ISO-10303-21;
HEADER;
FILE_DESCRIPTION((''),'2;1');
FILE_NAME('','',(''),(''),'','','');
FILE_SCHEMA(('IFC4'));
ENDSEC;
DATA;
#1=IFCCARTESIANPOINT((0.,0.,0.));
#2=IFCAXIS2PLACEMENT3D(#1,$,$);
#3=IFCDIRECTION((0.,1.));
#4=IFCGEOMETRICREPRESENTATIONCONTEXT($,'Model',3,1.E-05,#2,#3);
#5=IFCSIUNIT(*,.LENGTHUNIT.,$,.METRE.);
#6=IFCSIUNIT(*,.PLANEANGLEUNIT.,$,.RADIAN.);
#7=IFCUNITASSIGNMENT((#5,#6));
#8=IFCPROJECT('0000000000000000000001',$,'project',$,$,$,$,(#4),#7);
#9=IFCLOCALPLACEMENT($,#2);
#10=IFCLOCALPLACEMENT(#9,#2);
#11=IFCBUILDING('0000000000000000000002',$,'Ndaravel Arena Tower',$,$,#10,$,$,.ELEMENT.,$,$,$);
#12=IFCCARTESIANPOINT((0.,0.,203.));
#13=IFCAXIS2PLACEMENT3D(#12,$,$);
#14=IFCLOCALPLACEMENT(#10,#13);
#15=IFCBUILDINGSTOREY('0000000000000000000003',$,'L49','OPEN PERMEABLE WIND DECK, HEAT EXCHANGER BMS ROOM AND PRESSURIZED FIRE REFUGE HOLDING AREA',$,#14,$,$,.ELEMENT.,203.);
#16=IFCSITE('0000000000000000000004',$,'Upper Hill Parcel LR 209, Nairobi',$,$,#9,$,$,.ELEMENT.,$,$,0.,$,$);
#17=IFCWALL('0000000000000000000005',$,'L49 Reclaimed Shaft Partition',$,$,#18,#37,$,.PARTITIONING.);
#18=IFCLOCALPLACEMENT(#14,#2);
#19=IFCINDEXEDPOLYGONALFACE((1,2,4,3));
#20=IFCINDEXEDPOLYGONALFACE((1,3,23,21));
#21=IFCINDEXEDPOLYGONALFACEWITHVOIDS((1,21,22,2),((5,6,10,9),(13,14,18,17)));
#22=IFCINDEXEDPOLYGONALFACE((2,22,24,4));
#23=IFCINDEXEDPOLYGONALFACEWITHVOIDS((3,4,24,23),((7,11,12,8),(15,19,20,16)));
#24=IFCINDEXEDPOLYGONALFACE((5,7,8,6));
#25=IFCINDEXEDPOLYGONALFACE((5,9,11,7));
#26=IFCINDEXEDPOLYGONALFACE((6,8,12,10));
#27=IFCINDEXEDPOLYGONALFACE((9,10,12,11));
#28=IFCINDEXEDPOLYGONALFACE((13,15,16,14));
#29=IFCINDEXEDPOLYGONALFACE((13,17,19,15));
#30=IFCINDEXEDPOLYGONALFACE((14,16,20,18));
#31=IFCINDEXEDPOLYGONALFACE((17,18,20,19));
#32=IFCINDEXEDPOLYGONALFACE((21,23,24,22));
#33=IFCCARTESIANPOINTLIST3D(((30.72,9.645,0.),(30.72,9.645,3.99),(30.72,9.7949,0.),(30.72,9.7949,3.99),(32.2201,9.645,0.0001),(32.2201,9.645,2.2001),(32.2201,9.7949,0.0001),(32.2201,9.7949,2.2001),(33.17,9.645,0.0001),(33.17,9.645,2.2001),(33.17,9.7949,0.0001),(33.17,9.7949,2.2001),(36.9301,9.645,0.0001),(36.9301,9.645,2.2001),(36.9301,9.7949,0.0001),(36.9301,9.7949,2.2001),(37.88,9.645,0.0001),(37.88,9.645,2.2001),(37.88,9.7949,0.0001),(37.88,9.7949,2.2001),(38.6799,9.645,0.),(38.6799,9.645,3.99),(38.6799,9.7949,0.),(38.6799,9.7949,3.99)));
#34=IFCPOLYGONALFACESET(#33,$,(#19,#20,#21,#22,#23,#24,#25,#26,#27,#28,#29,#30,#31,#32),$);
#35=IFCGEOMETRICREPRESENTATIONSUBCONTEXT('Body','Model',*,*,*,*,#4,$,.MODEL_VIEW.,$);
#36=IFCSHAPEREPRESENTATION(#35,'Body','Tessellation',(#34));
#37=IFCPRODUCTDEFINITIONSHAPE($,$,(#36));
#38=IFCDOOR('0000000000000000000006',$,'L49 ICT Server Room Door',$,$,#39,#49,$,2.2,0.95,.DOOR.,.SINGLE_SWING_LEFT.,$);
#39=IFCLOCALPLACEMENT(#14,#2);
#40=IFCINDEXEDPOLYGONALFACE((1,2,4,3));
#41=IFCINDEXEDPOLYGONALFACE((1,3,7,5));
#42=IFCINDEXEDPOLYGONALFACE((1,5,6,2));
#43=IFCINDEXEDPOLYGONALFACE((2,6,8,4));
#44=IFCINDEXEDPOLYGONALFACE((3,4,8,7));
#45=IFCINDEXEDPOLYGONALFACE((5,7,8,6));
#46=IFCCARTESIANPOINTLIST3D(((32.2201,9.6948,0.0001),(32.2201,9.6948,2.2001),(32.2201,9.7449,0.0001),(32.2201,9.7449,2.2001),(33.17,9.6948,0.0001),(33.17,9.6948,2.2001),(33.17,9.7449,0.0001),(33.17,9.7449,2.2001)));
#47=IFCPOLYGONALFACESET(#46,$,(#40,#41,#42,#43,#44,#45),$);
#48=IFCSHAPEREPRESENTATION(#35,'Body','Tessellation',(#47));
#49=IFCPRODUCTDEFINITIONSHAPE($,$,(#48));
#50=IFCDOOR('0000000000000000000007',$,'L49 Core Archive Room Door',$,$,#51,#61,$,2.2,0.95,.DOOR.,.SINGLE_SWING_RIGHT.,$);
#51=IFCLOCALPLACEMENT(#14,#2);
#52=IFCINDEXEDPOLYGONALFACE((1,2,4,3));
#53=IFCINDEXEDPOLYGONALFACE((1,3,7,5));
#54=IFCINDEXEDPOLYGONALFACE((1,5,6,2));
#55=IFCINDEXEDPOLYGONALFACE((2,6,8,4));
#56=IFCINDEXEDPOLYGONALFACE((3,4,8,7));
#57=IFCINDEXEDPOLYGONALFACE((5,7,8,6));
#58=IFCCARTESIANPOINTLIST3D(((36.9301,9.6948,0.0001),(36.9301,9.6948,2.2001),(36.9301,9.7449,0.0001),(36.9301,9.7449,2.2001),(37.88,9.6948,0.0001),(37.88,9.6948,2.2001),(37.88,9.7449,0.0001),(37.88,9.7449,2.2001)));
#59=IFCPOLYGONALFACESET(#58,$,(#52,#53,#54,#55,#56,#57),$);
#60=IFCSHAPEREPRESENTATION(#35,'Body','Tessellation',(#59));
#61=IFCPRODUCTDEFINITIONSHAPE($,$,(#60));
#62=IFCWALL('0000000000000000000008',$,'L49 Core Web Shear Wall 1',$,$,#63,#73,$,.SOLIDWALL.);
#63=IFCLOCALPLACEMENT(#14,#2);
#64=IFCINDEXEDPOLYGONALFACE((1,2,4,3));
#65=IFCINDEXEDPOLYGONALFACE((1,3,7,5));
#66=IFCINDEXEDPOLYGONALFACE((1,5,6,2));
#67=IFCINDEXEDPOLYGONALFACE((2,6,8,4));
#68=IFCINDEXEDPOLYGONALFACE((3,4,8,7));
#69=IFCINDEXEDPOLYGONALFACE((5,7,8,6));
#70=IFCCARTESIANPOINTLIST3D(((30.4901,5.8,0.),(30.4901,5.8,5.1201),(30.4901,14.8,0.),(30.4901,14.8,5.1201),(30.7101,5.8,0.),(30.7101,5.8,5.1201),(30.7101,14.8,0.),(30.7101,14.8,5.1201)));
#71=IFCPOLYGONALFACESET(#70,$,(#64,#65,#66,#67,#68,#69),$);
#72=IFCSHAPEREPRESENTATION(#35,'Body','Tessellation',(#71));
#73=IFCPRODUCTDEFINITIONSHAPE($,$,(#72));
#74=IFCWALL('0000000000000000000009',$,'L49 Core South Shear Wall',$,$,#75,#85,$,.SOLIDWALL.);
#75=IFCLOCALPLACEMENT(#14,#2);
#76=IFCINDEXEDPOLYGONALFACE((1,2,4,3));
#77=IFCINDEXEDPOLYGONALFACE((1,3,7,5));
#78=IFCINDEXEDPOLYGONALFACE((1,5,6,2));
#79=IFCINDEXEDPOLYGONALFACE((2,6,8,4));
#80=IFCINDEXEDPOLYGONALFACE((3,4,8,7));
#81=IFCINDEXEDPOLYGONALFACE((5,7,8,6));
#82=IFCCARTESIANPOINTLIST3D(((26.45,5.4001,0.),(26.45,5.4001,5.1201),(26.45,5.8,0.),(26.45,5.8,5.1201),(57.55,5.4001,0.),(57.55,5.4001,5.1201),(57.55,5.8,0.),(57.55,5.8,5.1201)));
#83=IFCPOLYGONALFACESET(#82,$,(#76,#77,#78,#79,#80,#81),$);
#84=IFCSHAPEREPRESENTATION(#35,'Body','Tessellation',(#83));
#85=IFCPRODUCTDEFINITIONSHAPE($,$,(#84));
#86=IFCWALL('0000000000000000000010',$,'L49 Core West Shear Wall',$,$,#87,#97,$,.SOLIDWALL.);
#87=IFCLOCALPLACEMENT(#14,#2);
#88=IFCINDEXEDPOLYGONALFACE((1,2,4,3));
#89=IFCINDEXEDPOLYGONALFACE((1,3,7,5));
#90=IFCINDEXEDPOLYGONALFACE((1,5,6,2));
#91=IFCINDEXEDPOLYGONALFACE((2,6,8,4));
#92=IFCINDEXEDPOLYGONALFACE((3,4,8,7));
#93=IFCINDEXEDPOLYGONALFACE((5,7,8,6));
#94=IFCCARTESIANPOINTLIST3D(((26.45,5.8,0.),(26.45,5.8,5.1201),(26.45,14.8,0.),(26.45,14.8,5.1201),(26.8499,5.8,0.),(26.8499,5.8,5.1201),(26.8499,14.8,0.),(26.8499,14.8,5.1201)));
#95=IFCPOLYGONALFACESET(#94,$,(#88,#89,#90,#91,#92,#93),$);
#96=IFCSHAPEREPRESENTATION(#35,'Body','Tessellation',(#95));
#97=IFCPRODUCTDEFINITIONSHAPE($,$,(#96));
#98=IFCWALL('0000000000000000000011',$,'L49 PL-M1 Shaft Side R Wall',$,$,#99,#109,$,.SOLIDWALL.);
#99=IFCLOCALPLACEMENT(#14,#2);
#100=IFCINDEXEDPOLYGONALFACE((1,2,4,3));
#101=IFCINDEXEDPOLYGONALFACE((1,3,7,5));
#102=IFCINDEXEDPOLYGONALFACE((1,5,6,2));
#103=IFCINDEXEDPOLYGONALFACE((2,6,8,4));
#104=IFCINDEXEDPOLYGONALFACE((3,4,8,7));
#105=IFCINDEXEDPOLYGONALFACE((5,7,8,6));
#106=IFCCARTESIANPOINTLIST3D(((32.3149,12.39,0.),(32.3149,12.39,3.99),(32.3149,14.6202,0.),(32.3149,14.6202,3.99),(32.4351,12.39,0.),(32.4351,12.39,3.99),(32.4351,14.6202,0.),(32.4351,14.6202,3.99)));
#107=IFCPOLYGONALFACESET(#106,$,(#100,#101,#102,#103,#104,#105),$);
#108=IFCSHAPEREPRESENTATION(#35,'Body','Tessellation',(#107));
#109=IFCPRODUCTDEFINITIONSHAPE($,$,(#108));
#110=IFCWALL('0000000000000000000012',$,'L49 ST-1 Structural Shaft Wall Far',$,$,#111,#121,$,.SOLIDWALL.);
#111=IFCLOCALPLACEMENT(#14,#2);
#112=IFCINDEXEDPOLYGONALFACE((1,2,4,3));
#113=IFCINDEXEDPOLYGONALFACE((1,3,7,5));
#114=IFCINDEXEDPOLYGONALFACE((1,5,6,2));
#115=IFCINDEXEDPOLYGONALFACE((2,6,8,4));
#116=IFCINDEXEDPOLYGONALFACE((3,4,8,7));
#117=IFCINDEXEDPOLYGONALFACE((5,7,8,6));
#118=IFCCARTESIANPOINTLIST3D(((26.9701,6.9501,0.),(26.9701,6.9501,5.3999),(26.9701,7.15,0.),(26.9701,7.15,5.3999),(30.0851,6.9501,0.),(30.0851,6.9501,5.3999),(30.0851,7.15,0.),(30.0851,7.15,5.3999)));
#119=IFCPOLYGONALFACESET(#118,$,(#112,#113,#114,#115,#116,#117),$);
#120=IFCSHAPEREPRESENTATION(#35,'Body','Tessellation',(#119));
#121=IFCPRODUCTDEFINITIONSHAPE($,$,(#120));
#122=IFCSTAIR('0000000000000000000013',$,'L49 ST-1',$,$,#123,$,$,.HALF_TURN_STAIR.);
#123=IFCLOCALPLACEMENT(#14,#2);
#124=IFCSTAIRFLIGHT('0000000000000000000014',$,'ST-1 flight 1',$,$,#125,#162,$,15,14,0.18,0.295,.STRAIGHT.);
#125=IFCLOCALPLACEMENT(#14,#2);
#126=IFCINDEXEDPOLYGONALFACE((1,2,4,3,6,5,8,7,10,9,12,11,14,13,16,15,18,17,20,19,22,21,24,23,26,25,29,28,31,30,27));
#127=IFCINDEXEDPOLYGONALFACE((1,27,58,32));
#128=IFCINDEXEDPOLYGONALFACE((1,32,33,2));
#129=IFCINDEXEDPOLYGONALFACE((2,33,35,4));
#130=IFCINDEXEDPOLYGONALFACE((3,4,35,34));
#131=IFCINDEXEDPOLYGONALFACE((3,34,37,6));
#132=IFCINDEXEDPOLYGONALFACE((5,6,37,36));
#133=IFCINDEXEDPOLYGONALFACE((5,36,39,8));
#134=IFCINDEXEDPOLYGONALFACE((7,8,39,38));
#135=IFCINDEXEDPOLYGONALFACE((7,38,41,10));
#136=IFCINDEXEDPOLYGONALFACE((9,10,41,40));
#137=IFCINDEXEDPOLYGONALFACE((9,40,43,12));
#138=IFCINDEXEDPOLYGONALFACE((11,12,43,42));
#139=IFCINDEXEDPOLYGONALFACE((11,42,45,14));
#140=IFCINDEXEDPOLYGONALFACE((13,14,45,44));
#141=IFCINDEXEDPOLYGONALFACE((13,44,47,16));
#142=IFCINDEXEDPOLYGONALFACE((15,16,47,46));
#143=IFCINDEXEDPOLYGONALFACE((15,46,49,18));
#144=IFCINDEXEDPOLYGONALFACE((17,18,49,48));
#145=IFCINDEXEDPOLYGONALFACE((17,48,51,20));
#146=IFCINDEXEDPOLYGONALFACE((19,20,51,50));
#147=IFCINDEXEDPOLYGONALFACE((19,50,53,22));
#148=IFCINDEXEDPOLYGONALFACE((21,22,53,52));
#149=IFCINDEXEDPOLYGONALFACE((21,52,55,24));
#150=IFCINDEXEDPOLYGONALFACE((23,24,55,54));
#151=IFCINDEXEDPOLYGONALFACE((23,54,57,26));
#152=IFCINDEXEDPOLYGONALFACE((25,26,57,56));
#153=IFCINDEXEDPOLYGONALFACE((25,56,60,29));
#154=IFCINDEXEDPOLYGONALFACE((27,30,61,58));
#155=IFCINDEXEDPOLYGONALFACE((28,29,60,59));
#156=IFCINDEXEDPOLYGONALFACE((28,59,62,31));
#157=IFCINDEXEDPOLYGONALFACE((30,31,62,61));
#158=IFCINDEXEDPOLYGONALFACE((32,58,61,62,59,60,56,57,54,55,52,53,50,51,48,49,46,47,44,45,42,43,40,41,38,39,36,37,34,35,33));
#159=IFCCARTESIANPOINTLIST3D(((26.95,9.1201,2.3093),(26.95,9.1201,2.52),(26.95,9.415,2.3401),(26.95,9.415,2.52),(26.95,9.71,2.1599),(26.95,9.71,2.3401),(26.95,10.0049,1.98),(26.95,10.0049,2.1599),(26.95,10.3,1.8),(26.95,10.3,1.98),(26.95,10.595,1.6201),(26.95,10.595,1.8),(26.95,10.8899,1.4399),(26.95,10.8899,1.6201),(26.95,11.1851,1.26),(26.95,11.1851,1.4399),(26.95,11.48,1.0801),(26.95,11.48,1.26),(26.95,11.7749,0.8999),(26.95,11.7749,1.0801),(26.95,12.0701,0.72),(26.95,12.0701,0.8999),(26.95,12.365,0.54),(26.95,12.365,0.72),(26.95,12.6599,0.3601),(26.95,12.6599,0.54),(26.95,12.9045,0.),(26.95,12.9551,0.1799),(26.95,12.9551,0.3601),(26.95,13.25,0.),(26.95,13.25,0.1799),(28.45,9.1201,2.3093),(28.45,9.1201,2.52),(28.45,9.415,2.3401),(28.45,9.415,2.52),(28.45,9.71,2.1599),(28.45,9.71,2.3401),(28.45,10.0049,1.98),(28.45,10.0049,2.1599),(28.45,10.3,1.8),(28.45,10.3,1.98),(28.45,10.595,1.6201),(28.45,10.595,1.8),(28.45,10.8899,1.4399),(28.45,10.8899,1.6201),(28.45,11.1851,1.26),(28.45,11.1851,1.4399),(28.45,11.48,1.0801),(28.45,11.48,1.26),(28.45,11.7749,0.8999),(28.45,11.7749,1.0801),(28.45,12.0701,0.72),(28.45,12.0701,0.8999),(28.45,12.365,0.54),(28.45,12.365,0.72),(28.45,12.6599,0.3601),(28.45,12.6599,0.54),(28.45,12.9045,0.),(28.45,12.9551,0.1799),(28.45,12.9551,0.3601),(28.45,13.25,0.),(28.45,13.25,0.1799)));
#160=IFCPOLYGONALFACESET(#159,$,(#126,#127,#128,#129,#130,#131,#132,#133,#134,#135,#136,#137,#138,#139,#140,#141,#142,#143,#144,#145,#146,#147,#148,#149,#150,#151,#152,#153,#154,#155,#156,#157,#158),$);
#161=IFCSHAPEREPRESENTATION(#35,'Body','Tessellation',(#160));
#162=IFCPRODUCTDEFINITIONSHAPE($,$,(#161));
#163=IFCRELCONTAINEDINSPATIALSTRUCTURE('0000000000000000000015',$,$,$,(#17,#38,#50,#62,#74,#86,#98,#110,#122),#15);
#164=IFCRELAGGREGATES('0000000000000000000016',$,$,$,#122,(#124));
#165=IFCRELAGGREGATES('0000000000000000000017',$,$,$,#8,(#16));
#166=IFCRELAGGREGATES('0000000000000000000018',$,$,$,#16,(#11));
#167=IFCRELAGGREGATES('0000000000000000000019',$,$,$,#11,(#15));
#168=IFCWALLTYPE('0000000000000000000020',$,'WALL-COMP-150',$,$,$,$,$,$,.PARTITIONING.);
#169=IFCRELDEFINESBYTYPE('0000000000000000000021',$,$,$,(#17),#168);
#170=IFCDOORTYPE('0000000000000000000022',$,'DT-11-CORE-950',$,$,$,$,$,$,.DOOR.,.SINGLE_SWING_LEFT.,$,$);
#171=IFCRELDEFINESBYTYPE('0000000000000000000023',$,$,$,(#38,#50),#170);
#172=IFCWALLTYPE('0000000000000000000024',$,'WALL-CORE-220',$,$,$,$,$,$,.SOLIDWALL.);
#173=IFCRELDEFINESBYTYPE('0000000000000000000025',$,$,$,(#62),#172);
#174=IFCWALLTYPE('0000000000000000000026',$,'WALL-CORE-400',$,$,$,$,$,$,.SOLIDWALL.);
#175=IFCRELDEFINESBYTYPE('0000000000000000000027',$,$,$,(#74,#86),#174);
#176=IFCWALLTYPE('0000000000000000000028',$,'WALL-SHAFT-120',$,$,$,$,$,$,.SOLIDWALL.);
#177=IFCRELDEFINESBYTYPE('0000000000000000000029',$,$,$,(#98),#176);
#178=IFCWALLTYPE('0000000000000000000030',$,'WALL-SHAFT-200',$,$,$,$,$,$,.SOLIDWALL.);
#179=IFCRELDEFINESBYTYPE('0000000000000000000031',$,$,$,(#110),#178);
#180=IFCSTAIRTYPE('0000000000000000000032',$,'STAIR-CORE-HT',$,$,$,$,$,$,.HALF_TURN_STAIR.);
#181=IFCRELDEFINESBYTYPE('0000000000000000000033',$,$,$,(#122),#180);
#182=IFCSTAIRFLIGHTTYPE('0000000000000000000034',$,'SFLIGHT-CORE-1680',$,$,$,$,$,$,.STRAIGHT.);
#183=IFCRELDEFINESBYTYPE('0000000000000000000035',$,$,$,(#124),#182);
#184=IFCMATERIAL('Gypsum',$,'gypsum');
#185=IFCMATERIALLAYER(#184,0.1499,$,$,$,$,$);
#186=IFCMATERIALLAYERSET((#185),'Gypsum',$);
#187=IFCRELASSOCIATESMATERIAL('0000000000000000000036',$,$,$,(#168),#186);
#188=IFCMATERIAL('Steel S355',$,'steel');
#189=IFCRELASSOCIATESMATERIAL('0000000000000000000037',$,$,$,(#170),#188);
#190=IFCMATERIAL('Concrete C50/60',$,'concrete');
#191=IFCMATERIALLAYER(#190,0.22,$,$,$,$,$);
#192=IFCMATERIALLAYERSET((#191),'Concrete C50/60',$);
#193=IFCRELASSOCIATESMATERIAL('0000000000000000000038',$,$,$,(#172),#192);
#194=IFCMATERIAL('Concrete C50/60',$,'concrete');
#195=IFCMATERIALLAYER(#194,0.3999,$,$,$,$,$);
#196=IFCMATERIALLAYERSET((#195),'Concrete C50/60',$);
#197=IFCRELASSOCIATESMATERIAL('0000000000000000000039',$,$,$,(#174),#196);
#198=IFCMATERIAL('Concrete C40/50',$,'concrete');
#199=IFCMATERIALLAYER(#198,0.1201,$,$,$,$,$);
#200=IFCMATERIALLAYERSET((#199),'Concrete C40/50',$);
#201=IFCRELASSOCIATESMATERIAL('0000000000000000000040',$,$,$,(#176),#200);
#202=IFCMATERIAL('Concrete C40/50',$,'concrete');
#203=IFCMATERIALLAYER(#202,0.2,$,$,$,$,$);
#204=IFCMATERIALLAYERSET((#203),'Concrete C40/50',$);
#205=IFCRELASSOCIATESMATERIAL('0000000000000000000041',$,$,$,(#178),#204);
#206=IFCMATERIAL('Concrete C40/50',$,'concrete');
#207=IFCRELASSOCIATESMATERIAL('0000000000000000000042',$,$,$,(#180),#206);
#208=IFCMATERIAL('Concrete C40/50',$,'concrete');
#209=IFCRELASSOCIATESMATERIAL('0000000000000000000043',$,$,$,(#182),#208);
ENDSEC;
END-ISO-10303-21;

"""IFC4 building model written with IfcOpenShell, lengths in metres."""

from ifc_helpers import new_model, si_unit, direction, frame, frame_2d, origin, place, context, subcontext, project, spatial, polyline, rectangle, outline, extrude, material, layer, layer_set, type_object, element, fill, aggregate, save


model = new_model("IFC4")

# Units and contexts
model_context = context("Model", 3, precision=1e-05, world=origin(), true_north=direction((0.0, 1.0)))
body_context = subcontext(model_context, "Body", "Model", "MODEL_VIEW")
ifc_project = project(units=[si_unit("LENGTHUNIT", "METRE"), si_unit("PLANEANGLEUNIT", "RADIAN")], contexts=[model_context])

# Site, building, storey
site_placement = place(None, origin())
site = spatial("IfcSite", under=ifc_project, at=site_placement, Name="Upper Hill Parcel LR 209, Nairobi", CompositionType="ELEMENT", RefElevation=0.0)
building_placement = place(site_placement, origin())
building = spatial("IfcBuilding", under=site, at=building_placement, Name="Ndaravel Arena Tower", CompositionType="ELEMENT")
storey_placement = place(building_placement, frame((0.0, 0.0, 203.0)))
storey = spatial("IfcBuildingStorey", under=building, at=storey_placement, Name="L49", Description="OPEN PERMEABLE WIND DECK, HEAT EXCHANGER BMS ROOM AND PRESSURIZED FIRE REFUGE HOLDING AREA", CompositionType="ELEMENT", Elevation=203.0)

# Wall, openings, doors
ifc_material_1 = material(Name="Gypsum", Category="gypsum")
ifc_layer_1 = layer(ifc_material_1, 0.1499)
ifc_layer_set_1 = layer_set([ifc_layer_1], Name="Gypsum")
wall_type_1 = type_object("IfcWallType", Name="WALL-COMP-150", PredefinedType="PARTITIONING", material=ifc_layer_set_1)
wall_1_placement = place(storey_placement, frame((30.72, 9.72, 0.0), z_axis=(0.0, 0.0, 1.0), x_axis=(1.0, 0.0, 0.0)))
wall_1 = element("IfcWall", 1, at=wall_1_placement, inside=storey, type_object=wall_type_1, Name="L49 Reclaimed Shaft Partition", PredefinedType="PARTITIONING", context=body_context, shape_type="SweptSolid", body=[
    extrude(rectangle(XDim=7.96, YDim=0.1499, at=frame_2d((3.98, 0.0))), origin(), (0.0, 0.0, 1.0), 3.99),
])
opening_1_placement = place(wall_1_placement, frame((1.5, 0.0, 0.0)))
opening_1 = element("IfcOpeningElement", 2, at=opening_1_placement, cuts=wall_1, PredefinedType="OPENING", context=body_context, shape_type="SweptSolid", body=[
    extrude(rectangle(XDim=0.95, YDim=2.2, at=frame_2d((0.4751, 1.1001))), frame((0.0, 0.075, 0.0), z_axis=(0.0, -1.0, 0.0), x_axis=(1.0, 0.0, 0.0)), (0.0, 0.0, 1.0), 0.1499),
])
opening_2_placement = place(wall_1_placement, frame((6.21, 0.0, 0.0)))
opening_2 = element("IfcOpeningElement", 3, at=opening_2_placement, cuts=wall_1, PredefinedType="OPENING", context=body_context, shape_type="SweptSolid", body=[
    extrude(rectangle(XDim=0.95, YDim=2.2, at=frame_2d((0.4751, 1.1001))), frame((0.0, 0.075, 0.0), z_axis=(0.0, -1.0, 0.0), x_axis=(1.0, 0.0, 0.0)), (0.0, 0.0, 1.0), 0.1499),
])
ifc_material_2 = material(Name="Steel S355", Category="steel")
door_type_1 = type_object("IfcDoorType", Name="DT-11-CORE-950", OperationType="SINGLE_SWING_LEFT", PredefinedType="DOOR", material=ifc_material_2)
door_1_placement = place(opening_1_placement, origin())
door_1 = element("IfcDoor", 4, at=door_1_placement, inside=storey, type_object=door_type_1, Name="L49 ICT Server Room Door", OperationType="SINGLE_SWING_LEFT", OverallHeight=2.2, OverallWidth=0.95, PredefinedType="DOOR", context=body_context, shape_type="SweptSolid", body=[
    extrude(rectangle(XDim=0.95, YDim=2.2, at=frame_2d((0.4751, 1.1001))), frame((0.0, 0.0249, 0.0), z_axis=(0.0, -1.0, 0.0), x_axis=(1.0, 0.0, 0.0)), (0.0, 0.0, 1.0), 0.05),
])
fill(opening_1, door_1)
door_2_placement = place(opening_2_placement, origin())
door_2 = element("IfcDoor", 5, at=door_2_placement, inside=storey, type_object=door_type_1, Name="L49 Core Archive Room Door", OperationType="SINGLE_SWING_RIGHT", OverallHeight=2.2, OverallWidth=0.95, PredefinedType="DOOR", context=body_context, shape_type="SweptSolid", body=[
    extrude(rectangle(XDim=0.95, YDim=2.2, at=frame_2d((0.4751, 1.1001))), frame((0.0, 0.0249, 0.0), z_axis=(0.0, -1.0, 0.0), x_axis=(1.0, 0.0, 0.0)), (0.0, 0.0, 1.0), 0.05),
])
fill(opening_2, door_2)

# Walls
ifc_material_3 = material(Name="Concrete C50/60", Category="concrete")
ifc_layer_2 = layer(ifc_material_3, 0.22)
ifc_layer_set_2 = layer_set([ifc_layer_2], Name="Concrete C50/60")
wall_type_2 = type_object("IfcWallType", Name="WALL-CORE-220", PredefinedType="SOLIDWALL", material=ifc_layer_set_2)
wall_2_placement = place(storey_placement, frame((30.6001, 5.8, 0.0), z_axis=(0.0, 0.0, 1.0), x_axis=(0.0, 1.0, 0.0)))
element("IfcWall", 6, at=wall_2_placement, inside=storey, type_object=wall_type_2, Name="L49 Core Web Shear Wall 1", PredefinedType="SOLIDWALL", context=body_context, shape_type="SweptSolid", body=[
    extrude(rectangle(XDim=9.0, YDim=0.22, at=frame_2d((4.5, 0.0))), origin(), (0.0, 0.0, 1.0), 5.1201),
])
ifc_material_4 = material(Name="Concrete C50/60", Category="concrete")
ifc_layer_3 = layer(ifc_material_4, 0.3999)
ifc_layer_set_3 = layer_set([ifc_layer_3], Name="Concrete C50/60")
wall_type_3 = type_object("IfcWallType", Name="WALL-CORE-400", PredefinedType="SOLIDWALL", material=ifc_layer_set_3)
wall_3_placement = place(storey_placement, frame((26.45, 5.6001, 0.0), z_axis=(0.0, 0.0, 1.0), x_axis=(1.0, 0.0, 0.0)))
element("IfcWall", 7, at=wall_3_placement, inside=storey, type_object=wall_type_3, Name="L49 Core South Shear Wall", PredefinedType="SOLIDWALL", context=body_context, shape_type="SweptSolid", body=[
    extrude(rectangle(XDim=31.1001, YDim=0.3999, at=frame_2d((15.55, 0.0))), origin(), (0.0, 0.0, 1.0), 5.1201),
])
wall_4_placement = place(storey_placement, frame((26.6499, 5.8, 0.0), z_axis=(0.0, 0.0, 1.0), x_axis=(0.0, 1.0, 0.0)))
element("IfcWall", 8, at=wall_4_placement, inside=storey, type_object=wall_type_3, Name="L49 Core West Shear Wall", PredefinedType="SOLIDWALL", context=body_context, shape_type="SweptSolid", body=[
    extrude(rectangle(XDim=9.0, YDim=0.3999, at=frame_2d((4.5, 0.0))), origin(), (0.0, 0.0, 1.0), 5.1201),
])
ifc_material_5 = material(Name="Concrete C40/50", Category="concrete")
ifc_layer_4 = layer(ifc_material_5, 0.1201)
ifc_layer_set_4 = layer_set([ifc_layer_4], Name="Concrete C40/50")
wall_type_4 = type_object("IfcWallType", Name="WALL-SHAFT-120", PredefinedType="SOLIDWALL", material=ifc_layer_set_4)
wall_5_placement = place(storey_placement, frame((32.375, 12.3899, 0.0), z_axis=(0.0, 0.0, 1.0), x_axis=(0.0, 1.0, 0.0)))
element("IfcWall", 9, at=wall_5_placement, inside=storey, type_object=wall_type_4, Name="L49 PL-M1 Shaft Side R Wall", PredefinedType="SOLIDWALL", context=body_context, shape_type="SweptSolid", body=[
    extrude(rectangle(XDim=2.2302, YDim=0.1201, at=frame_2d((1.1152, 0.0))), origin(), (0.0, 0.0, 1.0), 3.99),
])
ifc_material_6 = material(Name="Concrete C40/50", Category="concrete")
ifc_layer_5 = layer(ifc_material_6, 0.2)
ifc_layer_set_5 = layer_set([ifc_layer_5], Name="Concrete C40/50")
wall_type_5 = type_object("IfcWallType", Name="WALL-SHAFT-200", PredefinedType="SOLIDWALL", material=ifc_layer_set_5)
wall_6_placement = place(storey_placement, frame((26.97, 7.05, 0.0), z_axis=(0.0, 0.0, 1.0), x_axis=(1.0, 0.0, 0.0)))
element("IfcWall", 10, at=wall_6_placement, inside=storey, type_object=wall_type_5, Name="L49 ST-1 Structural Shaft Wall Far", PredefinedType="SOLIDWALL", context=body_context, shape_type="SweptSolid", body=[
    extrude(rectangle(XDim=3.115, YDim=0.2, at=frame_2d((1.5576, 0.0))), origin(), (0.0, 0.0, 1.0), 5.3999),
])

# Stair, stair flight
ifc_material_7 = material(Name="Concrete C40/50", Category="concrete")
stair_type = type_object("IfcStairType", Name="STAIR-CORE-HT", PredefinedType="HALF_TURN_STAIR", material=ifc_material_7)
stair_placement = place(storey_placement, origin())
stair = element("IfcStair", 11, at=stair_placement, inside=storey, type_object=stair_type, Name="L49 ST-1", PredefinedType="HALF_TURN_STAIR")
ifc_material_8 = material(Name="Concrete C40/50", Category="concrete")
stair_flight_type = type_object("IfcStairFlightType", Name="SFLIGHT-CORE-1680", PredefinedType="STRAIGHT", material=ifc_material_8)
stair_flight_1_placement = place(storey_placement, frame((27.7, 13.25, 0.0), z_axis=(0.0, 0.0, 1.0), x_axis=(0.0, -1.0, 0.0)))
stair_flight_1 = element("IfcStairFlight", 12, at=stair_flight_1_placement, type_object=stair_flight_type, Name="ST-1 flight 1", NumberOfRisers=15, NumberOfTreads=14, PredefinedType="STRAIGHT", RiserHeight=0.18, TreadLength=0.295, context=body_context, shape_type="SweptSolid", body=[
    extrude(outline(polyline([(0.0, 0.0), (0.0, 0.1799), (0.2949, 0.1799), (0.2949, 0.3601), (0.5901, 0.3601), (0.5901, 0.54), (0.885, 0.54), (0.885, 0.72), (1.1799, 0.72), (1.1799, 0.8999), (1.4751, 0.8999), (1.4751, 1.0801), (1.77, 1.0801), (1.77, 1.26), (2.0649, 1.26), (2.0649, 1.4399), (2.3601, 1.4399), (2.3601, 1.6201), (2.655, 1.6201), (2.655, 1.8), (2.95, 1.8), (2.95, 1.98), (3.2451, 1.98), (3.2451, 2.1599), (3.54, 2.1599), (3.54, 2.3401), (3.835, 2.3401), (3.835, 2.52), (4.1299, 2.52), (4.1299, 2.7), (4.1299, 2.3093), (0.3455, 0.0), (0.0, 0.0)])), frame((0.0, 0.75, 0.0), z_axis=(0.0, -1.0, 0.0), x_axis=(1.0, 0.0, 0.0)), (0.0, 0.0, 1.0), 1.5),
])
aggregate(stair, [stair_flight_1])

save(model, "model.ifc")
